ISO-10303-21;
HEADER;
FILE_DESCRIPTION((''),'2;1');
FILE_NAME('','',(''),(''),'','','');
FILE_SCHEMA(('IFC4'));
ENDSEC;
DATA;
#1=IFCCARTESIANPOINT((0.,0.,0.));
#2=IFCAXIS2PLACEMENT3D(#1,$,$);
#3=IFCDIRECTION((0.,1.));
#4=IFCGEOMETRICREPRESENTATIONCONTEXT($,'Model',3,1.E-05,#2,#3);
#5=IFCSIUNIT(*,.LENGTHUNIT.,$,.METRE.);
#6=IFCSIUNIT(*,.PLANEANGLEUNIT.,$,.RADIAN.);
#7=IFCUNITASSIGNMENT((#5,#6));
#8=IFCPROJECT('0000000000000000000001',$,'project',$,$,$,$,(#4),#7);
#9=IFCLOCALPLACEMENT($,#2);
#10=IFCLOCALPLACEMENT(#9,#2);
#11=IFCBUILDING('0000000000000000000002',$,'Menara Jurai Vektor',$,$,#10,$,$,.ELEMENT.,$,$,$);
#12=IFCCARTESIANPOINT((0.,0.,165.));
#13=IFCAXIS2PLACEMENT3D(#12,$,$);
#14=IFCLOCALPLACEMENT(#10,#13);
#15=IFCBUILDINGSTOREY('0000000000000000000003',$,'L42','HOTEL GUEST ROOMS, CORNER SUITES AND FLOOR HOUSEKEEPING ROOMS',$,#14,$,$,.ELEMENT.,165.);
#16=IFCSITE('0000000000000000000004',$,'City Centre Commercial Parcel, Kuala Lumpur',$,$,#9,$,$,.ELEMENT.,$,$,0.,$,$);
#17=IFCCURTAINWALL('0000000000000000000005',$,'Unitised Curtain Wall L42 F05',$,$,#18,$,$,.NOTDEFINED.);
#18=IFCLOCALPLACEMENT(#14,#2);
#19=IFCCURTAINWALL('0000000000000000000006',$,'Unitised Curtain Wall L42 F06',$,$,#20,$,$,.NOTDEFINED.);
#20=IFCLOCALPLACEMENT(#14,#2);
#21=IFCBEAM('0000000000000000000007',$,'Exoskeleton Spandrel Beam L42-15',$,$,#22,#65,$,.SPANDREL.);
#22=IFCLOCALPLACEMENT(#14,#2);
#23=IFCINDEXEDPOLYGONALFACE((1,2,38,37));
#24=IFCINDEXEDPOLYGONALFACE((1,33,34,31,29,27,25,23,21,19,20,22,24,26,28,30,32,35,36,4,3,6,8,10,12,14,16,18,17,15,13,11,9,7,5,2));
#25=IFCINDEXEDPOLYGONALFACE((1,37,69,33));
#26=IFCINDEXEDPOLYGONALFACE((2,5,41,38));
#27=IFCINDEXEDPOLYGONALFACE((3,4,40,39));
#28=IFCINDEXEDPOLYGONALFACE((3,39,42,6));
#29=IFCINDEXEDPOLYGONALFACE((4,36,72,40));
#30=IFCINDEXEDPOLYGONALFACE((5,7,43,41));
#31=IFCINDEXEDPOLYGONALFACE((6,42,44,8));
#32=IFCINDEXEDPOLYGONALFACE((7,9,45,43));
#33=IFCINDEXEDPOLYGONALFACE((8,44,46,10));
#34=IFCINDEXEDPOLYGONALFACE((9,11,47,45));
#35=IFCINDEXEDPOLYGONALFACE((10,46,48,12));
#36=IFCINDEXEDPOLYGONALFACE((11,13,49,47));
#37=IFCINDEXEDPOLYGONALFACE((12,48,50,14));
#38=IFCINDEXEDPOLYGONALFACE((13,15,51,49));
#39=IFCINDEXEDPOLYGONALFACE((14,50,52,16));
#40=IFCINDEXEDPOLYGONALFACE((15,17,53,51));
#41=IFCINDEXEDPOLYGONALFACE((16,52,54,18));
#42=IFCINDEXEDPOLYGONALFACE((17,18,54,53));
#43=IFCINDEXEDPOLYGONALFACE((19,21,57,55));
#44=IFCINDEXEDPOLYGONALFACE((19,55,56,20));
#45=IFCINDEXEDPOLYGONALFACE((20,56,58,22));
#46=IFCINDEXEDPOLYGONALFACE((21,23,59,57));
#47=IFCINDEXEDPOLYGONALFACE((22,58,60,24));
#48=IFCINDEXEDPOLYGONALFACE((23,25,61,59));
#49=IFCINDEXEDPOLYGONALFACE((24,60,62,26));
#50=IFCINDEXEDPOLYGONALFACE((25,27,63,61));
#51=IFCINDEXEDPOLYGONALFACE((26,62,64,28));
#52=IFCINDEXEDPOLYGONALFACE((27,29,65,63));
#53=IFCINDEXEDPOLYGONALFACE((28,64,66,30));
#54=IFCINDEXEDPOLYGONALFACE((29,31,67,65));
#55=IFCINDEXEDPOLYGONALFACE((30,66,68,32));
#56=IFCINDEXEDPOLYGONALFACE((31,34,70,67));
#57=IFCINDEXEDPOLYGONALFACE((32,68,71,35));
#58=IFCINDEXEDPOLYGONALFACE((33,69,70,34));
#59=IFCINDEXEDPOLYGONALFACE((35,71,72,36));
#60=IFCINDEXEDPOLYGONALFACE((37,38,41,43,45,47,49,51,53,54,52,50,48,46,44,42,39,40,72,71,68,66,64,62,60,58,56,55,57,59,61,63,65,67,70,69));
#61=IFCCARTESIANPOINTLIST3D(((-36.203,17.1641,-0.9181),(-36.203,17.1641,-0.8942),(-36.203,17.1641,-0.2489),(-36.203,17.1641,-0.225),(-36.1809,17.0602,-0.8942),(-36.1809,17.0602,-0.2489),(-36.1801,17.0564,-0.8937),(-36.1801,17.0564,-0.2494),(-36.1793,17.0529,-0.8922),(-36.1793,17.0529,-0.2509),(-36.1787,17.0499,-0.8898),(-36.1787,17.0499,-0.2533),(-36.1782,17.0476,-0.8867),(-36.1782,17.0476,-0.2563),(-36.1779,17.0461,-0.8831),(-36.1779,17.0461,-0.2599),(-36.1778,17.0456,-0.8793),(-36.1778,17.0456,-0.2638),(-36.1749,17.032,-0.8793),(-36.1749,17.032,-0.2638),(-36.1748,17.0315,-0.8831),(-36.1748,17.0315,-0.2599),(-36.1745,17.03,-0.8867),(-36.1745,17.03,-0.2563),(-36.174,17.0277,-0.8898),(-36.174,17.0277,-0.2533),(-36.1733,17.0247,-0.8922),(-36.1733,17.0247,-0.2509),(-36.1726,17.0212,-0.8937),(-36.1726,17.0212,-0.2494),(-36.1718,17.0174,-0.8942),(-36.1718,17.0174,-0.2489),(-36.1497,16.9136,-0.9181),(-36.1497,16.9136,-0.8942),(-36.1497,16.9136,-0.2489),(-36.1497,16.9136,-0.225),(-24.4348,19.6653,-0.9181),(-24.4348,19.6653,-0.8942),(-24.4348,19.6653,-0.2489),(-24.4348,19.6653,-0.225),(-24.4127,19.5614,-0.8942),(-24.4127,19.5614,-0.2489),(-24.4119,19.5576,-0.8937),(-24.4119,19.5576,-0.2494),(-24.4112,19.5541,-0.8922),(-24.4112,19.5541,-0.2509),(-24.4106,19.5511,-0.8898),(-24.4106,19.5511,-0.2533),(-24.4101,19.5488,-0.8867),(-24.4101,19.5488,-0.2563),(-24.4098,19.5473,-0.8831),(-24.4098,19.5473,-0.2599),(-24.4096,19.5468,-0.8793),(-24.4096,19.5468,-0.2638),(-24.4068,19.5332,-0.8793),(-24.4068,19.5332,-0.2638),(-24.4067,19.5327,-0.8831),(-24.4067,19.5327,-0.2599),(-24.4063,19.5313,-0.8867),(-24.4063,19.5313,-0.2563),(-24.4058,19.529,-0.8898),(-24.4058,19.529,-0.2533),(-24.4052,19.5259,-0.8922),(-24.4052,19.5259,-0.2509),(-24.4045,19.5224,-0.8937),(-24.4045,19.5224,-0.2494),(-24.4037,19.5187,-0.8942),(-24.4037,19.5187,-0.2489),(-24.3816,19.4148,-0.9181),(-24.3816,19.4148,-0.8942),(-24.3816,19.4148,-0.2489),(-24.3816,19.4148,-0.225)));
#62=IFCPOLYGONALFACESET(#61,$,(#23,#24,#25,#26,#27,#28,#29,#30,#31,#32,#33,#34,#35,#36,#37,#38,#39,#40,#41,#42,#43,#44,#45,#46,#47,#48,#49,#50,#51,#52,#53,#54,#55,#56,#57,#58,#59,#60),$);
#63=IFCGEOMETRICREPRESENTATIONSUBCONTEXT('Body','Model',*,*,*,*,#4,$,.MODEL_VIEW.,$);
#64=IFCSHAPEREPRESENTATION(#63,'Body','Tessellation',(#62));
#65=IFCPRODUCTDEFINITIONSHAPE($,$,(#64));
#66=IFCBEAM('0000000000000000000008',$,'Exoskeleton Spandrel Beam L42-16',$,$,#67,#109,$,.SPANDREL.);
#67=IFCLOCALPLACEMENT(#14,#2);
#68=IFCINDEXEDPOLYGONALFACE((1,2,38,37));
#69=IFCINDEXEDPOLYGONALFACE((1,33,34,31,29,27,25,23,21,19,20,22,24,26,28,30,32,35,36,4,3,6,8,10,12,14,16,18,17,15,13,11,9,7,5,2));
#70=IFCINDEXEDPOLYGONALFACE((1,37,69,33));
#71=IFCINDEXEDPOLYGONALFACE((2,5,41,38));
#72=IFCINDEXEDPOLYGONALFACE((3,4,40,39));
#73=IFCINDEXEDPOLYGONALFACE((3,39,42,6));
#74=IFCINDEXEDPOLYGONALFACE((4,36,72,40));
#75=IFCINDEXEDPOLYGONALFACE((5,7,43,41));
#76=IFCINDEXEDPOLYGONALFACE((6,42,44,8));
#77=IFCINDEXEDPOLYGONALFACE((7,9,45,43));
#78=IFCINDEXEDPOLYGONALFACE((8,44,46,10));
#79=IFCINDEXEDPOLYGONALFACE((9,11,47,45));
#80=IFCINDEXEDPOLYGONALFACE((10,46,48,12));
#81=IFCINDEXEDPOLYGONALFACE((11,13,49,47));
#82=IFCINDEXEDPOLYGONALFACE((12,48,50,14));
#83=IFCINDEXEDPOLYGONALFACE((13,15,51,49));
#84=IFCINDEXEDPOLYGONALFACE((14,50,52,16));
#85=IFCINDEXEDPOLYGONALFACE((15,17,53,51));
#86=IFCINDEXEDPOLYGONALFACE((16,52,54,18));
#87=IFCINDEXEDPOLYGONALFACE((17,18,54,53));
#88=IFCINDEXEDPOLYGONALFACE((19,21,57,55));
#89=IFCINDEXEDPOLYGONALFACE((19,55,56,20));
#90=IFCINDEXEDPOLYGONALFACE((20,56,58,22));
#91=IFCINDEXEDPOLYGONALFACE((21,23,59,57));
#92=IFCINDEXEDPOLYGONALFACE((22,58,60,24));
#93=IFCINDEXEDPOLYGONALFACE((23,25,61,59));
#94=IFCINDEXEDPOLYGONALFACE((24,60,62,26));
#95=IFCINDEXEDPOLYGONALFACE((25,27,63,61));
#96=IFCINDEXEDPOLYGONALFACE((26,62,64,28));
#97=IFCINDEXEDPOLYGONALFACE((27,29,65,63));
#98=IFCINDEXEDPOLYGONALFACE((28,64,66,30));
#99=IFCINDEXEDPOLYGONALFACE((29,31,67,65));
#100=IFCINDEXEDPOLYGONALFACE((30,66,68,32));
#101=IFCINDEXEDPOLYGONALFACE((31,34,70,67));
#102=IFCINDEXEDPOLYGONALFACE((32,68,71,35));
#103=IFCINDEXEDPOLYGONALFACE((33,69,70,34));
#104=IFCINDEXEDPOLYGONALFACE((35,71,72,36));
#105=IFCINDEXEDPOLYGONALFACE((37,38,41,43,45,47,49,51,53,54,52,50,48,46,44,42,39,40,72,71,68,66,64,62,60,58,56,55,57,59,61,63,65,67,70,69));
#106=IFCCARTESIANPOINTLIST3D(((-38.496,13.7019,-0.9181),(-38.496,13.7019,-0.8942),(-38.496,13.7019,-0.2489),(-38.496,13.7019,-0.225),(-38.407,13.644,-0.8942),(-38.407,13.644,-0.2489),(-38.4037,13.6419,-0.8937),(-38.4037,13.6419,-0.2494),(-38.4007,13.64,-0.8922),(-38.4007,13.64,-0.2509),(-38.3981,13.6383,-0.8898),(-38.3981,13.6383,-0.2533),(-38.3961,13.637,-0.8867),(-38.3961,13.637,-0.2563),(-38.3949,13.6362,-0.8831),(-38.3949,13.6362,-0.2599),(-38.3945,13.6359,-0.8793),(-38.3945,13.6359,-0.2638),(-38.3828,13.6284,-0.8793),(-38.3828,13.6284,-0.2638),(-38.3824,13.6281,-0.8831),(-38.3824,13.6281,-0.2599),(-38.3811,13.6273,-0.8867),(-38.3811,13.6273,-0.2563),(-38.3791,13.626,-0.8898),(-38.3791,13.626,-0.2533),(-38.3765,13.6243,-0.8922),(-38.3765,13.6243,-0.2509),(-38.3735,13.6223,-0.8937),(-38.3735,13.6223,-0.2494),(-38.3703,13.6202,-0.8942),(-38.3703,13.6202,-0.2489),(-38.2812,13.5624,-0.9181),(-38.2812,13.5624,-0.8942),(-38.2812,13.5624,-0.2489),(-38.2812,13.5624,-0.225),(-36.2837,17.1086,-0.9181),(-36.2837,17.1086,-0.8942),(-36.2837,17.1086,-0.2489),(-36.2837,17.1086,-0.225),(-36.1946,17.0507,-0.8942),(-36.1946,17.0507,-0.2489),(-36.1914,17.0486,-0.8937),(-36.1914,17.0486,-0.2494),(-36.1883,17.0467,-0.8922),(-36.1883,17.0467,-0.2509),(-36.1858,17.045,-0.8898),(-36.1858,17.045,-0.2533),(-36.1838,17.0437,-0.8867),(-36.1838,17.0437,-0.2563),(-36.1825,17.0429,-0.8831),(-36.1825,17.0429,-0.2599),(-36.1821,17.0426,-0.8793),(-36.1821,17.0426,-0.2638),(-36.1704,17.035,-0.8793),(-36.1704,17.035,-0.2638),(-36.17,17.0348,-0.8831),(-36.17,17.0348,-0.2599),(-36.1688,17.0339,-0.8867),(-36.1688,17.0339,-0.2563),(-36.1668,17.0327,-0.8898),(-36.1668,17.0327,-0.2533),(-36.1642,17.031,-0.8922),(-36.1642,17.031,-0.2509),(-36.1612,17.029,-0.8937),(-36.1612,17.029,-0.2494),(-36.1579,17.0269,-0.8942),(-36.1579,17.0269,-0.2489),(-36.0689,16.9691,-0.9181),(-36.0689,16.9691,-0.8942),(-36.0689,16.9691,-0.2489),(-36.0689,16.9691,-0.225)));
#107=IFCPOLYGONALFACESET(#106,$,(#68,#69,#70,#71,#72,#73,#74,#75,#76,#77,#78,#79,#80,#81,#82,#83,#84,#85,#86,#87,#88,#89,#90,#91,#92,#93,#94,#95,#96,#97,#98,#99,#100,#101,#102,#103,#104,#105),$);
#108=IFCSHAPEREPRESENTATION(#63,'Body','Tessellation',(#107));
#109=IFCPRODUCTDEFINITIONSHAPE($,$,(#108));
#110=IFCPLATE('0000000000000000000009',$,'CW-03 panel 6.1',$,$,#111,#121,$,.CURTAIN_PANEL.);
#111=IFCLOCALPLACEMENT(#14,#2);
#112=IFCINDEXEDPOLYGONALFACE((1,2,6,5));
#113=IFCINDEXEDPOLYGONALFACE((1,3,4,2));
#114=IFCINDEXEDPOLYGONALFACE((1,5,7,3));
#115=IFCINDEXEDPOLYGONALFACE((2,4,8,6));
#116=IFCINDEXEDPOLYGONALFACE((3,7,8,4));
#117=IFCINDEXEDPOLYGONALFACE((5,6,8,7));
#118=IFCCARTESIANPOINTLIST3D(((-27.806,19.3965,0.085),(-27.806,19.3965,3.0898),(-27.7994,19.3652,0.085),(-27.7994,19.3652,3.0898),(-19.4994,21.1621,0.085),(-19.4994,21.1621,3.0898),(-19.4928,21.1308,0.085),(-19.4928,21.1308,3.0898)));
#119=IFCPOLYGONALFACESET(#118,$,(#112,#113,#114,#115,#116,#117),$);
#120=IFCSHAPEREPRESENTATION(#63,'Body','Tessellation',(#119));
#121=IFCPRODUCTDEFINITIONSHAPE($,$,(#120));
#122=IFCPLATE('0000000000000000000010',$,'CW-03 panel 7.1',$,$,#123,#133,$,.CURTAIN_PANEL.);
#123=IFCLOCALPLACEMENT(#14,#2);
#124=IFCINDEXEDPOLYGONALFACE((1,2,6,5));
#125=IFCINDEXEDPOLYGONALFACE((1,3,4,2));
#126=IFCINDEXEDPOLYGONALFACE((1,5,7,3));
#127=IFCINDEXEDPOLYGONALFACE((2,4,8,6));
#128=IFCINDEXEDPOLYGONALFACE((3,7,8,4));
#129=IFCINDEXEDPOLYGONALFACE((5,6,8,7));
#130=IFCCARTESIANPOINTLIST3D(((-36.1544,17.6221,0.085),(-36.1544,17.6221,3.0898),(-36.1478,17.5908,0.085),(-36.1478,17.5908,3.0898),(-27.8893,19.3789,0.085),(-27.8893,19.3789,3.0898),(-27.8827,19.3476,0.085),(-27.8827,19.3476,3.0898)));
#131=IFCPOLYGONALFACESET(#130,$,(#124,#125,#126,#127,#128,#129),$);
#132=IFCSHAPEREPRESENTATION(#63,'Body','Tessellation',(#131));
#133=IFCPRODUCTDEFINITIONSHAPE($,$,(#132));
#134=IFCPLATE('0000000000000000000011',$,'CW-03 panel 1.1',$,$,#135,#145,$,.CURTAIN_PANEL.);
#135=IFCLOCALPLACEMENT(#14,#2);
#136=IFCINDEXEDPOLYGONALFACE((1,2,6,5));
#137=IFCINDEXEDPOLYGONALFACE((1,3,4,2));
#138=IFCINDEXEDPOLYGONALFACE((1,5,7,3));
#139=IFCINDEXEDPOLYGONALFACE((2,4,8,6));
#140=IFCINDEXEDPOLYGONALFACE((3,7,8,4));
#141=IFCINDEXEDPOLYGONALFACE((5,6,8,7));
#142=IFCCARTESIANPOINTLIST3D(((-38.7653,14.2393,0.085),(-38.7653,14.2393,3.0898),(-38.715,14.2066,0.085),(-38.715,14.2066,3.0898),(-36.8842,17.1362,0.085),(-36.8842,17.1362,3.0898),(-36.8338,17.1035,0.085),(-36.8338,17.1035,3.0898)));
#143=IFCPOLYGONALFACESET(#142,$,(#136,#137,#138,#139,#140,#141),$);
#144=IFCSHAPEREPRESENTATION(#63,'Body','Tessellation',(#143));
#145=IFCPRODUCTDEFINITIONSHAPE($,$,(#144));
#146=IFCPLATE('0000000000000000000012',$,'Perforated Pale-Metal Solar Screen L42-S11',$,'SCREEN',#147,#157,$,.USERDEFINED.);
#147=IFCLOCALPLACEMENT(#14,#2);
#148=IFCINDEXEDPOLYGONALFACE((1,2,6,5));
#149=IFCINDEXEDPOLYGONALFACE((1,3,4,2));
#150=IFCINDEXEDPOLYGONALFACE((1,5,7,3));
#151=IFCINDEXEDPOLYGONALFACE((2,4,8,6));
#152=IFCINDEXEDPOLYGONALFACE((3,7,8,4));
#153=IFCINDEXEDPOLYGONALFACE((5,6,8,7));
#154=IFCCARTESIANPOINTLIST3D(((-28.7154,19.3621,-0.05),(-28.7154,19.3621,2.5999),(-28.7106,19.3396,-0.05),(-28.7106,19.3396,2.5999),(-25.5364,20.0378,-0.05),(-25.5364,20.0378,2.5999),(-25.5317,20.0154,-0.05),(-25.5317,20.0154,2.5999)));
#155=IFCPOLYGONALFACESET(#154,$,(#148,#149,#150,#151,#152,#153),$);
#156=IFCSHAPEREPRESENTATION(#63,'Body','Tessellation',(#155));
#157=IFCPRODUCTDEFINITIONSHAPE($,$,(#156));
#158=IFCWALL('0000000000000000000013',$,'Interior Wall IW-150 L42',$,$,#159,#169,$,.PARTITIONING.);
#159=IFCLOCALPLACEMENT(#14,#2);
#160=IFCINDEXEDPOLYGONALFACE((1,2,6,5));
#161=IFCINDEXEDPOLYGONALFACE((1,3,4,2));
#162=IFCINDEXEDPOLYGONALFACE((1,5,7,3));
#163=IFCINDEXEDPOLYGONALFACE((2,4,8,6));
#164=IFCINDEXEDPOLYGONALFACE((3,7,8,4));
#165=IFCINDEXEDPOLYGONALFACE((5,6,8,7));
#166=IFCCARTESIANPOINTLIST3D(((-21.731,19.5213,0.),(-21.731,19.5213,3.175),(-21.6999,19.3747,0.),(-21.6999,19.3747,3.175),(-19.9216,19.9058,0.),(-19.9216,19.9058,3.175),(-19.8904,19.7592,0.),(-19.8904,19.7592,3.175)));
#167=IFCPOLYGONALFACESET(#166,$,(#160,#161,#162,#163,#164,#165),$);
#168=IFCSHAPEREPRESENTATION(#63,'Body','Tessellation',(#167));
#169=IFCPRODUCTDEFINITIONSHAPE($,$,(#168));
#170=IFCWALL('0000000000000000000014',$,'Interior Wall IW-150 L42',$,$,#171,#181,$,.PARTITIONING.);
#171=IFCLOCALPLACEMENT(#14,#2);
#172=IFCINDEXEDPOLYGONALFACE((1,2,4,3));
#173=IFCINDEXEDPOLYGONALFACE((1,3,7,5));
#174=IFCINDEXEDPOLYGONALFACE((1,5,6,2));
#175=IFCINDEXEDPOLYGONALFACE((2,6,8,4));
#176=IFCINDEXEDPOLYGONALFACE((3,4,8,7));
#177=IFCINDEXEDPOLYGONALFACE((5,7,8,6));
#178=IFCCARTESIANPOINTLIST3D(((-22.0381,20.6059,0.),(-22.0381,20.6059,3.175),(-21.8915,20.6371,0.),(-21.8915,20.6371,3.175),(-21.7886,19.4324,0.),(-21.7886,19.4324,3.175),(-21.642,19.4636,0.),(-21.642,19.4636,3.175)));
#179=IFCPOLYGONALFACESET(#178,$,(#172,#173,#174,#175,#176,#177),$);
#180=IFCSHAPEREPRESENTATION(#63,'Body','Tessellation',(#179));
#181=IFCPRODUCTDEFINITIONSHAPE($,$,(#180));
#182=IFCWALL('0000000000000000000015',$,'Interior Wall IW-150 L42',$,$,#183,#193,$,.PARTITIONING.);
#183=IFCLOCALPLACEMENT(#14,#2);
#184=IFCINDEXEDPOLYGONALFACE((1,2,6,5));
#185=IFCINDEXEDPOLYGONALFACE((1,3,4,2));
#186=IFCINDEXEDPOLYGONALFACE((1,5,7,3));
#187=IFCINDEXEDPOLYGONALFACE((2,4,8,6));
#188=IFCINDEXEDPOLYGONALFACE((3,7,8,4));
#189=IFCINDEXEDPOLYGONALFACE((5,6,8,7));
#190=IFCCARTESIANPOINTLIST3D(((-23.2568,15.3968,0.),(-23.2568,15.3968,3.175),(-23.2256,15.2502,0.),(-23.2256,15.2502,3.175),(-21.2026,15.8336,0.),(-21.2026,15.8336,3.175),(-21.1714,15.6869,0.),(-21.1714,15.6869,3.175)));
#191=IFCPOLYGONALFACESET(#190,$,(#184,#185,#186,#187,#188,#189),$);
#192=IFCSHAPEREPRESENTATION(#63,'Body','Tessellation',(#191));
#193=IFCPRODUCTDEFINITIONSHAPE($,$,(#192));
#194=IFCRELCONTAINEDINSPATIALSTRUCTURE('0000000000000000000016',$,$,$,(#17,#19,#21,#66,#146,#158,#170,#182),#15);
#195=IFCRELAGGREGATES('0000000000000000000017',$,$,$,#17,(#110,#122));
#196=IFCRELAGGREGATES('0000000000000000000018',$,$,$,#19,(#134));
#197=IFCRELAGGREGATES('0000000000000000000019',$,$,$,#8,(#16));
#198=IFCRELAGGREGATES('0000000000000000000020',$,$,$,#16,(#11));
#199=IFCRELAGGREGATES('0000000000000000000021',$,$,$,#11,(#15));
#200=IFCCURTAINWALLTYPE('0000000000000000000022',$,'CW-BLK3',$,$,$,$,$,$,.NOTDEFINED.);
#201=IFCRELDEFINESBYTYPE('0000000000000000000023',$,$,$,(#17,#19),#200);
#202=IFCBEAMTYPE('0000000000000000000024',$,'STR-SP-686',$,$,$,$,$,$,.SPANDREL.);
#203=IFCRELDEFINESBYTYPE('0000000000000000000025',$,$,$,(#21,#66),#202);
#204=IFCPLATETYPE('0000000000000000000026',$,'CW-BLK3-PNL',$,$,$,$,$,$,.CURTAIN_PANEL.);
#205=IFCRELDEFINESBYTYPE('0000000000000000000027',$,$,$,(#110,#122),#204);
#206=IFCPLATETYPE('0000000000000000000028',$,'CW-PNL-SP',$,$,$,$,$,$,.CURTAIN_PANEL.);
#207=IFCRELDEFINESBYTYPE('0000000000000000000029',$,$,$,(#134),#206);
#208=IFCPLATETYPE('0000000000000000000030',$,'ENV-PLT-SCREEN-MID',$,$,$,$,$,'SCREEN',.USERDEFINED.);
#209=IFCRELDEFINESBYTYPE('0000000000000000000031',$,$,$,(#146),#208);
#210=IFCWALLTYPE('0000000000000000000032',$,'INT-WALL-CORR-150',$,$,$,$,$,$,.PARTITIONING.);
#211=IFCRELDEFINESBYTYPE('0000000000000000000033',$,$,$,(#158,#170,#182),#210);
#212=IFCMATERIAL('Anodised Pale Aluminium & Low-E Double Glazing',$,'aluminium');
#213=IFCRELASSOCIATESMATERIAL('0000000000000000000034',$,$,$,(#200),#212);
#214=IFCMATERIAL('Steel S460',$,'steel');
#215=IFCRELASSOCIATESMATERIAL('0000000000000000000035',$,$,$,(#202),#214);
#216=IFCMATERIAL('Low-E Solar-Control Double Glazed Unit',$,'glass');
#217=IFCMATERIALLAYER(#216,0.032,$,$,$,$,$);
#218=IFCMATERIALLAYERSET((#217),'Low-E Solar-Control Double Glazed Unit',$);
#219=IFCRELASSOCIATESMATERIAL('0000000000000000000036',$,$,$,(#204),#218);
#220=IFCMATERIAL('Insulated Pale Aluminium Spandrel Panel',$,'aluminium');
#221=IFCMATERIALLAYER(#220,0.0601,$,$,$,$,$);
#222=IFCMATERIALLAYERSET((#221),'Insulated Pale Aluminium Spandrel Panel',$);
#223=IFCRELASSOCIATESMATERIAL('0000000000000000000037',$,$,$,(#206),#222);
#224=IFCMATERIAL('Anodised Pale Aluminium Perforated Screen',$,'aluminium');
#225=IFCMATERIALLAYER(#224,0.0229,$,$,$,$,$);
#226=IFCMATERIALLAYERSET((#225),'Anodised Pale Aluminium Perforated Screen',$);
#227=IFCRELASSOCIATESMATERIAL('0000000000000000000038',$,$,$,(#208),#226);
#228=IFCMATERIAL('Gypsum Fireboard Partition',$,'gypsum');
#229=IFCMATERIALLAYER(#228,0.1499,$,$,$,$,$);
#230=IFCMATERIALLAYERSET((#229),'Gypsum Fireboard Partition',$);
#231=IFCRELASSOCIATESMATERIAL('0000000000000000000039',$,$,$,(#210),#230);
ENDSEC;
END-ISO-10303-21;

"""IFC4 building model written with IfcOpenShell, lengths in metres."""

from ifc_helpers import new_model, si_unit, direction, frame, frame_2d, origin, origin_2d, place, context, subcontext, project, spatial, rectangle, i_section, extrude, material, layer, layer_set, material_profile, profile_set, type_object, element, aggregate, save


model = new_model("IFC4")

# Units and contexts
model_context = context("Model", 3, precision=1e-05, world=origin(), true_north=direction((0.0, 1.0)))
body_context = subcontext(model_context, "Body", "Model", "MODEL_VIEW")
ifc_project = project(units=[si_unit("LENGTHUNIT", "METRE"), si_unit("PLANEANGLEUNIT", "RADIAN")], contexts=[model_context])

# Site, building, storey
site_placement = place(None, origin())
site = spatial("IfcSite", under=ifc_project, at=site_placement, Name="City Centre Commercial Parcel, Kuala Lumpur", CompositionType="ELEMENT", RefElevation=0.0)
building_placement = place(site_placement, origin())
building = spatial("IfcBuilding", under=site, at=building_placement, Name="Menara Jurai Vektor", CompositionType="ELEMENT")
storey_placement = place(building_placement, frame((0.0, 0.0, 165.0)))
storey = spatial("IfcBuildingStorey", under=building, at=storey_placement, Name="L42", Description="HOTEL GUEST ROOMS, CORNER SUITES AND FLOOR HOUSEKEEPING ROOMS", CompositionType="ELEMENT", Elevation=165.0)

# Shared definitions
ifc_material_1 = material(Name="Steel S460", Category="steel")

# Curtain walls
ifc_material_2 = material(Name="Anodised Pale Aluminium & Low-E Double Glazing", Category="aluminium")
curtain_wall_type = type_object("IfcCurtainWallType", Name="CW-BLK3", PredefinedType="NOTDEFINED", material=ifc_material_2)
curtain_wall_1_placement = place(storey_placement, origin())
curtain_wall_1 = element("IfcCurtainWall", 1, at=curtain_wall_1_placement, inside=storey, type_object=curtain_wall_type, Name="Unitised Curtain Wall L42 F05", PredefinedType="NOTDEFINED")
curtain_wall_2_placement = place(storey_placement, origin())
curtain_wall_2 = element("IfcCurtainWall", 2, at=curtain_wall_2_placement, inside=storey, type_object=curtain_wall_type, Name="Unitised Curtain Wall L42 F06", PredefinedType="NOTDEFINED")

# Beams
ifc_material_profile_1 = material_profile(ifc_material_1, i_section(OverallWidth=0.2561, OverallDepth=0.6931, WebThickness=0.0139, FlangeThickness=0.0239, FilletRadius=0.0149, at=origin_2d()), Name="UKB 686x254x170")
ifc_profile_set_1 = profile_set([ifc_material_profile_1], Name="Steel S460")
beam_type_1 = type_object("IfcBeamType", Name="STR-SP-686", PredefinedType="SPANDREL", material=ifc_profile_set_1)
beam_1_placement = place(storey_placement, frame((-24.4082, 19.54, -0.5715), z_axis=(-0.97815, -0.207899, 0.0), x_axis=(0.207899, -0.97815, 0.0)))
element("IfcBeam", 3, at=beam_1_placement, inside=storey, type_object=beam_type_1, Name="Exoskeleton Spandrel Beam L42-15", PredefinedType="SPANDREL", context=body_context, shape_type="SweptSolid", body=[
    extrude(i_section(OverallWidth=0.2561, OverallDepth=0.6931, WebThickness=0.0139, FlangeThickness=0.0239, FilletRadius=0.0149, at=origin_2d()), origin(), (0.0, 0.0, 1.0), 12.031),
])
beam_2_placement = place(storey_placement, frame((-36.1763, 17.0388, -0.5715), z_axis=(-0.544646, -0.838666, 0.0), x_axis=(0.838666, -0.544646, 0.0)))
element("IfcBeam", 4, at=beam_2_placement, inside=storey, type_object=beam_type_1, Name="Exoskeleton Spandrel Beam L42-16", PredefinedType="SPANDREL", context=body_context, shape_type="SweptSolid", body=[
    extrude(i_section(OverallWidth=0.2561, OverallDepth=0.6931, WebThickness=0.0139, FlangeThickness=0.0239, FilletRadius=0.0149, at=origin_2d()), origin(), (0.0, 0.0, 1.0), 4.062),
])

# Plates
ifc_material_3 = material(Name="Low-E Solar-Control Double Glazed Unit", Category="glass")
ifc_layer_1 = layer(ifc_material_3, 0.032)
ifc_layer_set_1 = layer_set([ifc_layer_1], Name="Low-E Solar-Control Double Glazed Unit")
plate_type_1 = type_object("IfcPlateType", Name="CW-BLK3-PNL", PredefinedType="CURTAIN_PANEL", material=ifc_layer_set_1)
plate_1_placement = place(storey_placement, frame((-23.6494, 20.2637, 0.085), z_axis=(0.0, 0.0, 1.0), x_axis=(-0.978148, -0.207911, 0.0)))
plate_1 = element("IfcPlate", 5, at=plate_1_placement, type_object=plate_type_1, Name="CW-03 panel 6.1", PredefinedType="CURTAIN_PANEL", context=body_context, shape_type="SweptSolid", body=[
    extrude(rectangle(XDim=8.4922, YDim=0.032, at=origin_2d()), origin(), (0.0, 0.0, 1.0), 3.0049),
])
plate_2_placement = place(storey_placement, frame((-32.0186, 18.4849, 0.085), z_axis=(0.0, 0.0, 1.0), x_axis=(-0.978148, -0.207911, 0.0)))
plate_2 = element("IfcPlate", 6, at=plate_2_placement, type_object=plate_type_1, Name="CW-03 panel 7.1", PredefinedType="CURTAIN_PANEL", context=body_context, shape_type="SweptSolid", body=[
    extrude(rectangle(XDim=8.4497, YDim=0.032, at=origin_2d()), origin(), (0.0, 0.0, 1.0), 3.0049),
])
aggregate(curtain_wall_1, [plate_1, plate_2])
ifc_material_4 = material(Name="Insulated Pale Aluminium Spandrel Panel", Category="aluminium")
ifc_layer_2 = layer(ifc_material_4, 0.0601)
ifc_layer_set_2 = layer_set([ifc_layer_2], Name="Insulated Pale Aluminium Spandrel Panel")
plate_type_2 = type_object("IfcPlateType", Name="CW-PNL-SP", PredefinedType="CURTAIN_PANEL", material=ifc_layer_set_2)
plate_3_placement = place(storey_placement, frame((-37.7996, 15.6714, 0.085), z_axis=(0.0, 0.0, 1.0), x_axis=(-0.544618, -0.838684, 0.0)))
plate_3 = element("IfcPlate", 7, at=plate_3_placement, type_object=plate_type_2, Name="CW-03 panel 1.1", PredefinedType="CURTAIN_PANEL", context=body_context, shape_type="SweptSolid", body=[
    extrude(rectangle(XDim=3.4541, YDim=0.0601, at=origin_2d()), origin(), (0.0, 0.0, 1.0), 3.0049),
])
aggregate(curtain_wall_2, [plate_3])
ifc_material_5 = material(Name="Anodised Pale Aluminium Perforated Screen", Category="aluminium")
ifc_layer_3 = layer(ifc_material_5, 0.0229)
ifc_layer_set_3 = layer_set([ifc_layer_3], Name="Anodised Pale Aluminium Perforated Screen")
plate_type_3 = type_object("IfcPlateType", Name="ENV-PLT-SCREEN-MID", ElementType="SCREEN", PredefinedType="USERDEFINED", material=ifc_layer_set_3)
plate_4_placement = place(storey_placement, frame((-27.1235, 19.6887, -0.05), z_axis=(0.0, 0.0, 1.0), x_axis=(-0.978148, -0.207912, 0.0)))
element("IfcPlate", 8, at=plate_4_placement, inside=storey, type_object=plate_type_3, Name="Perforated Pale-Metal Solar Screen L42-S11", ObjectType="SCREEN", PredefinedType="USERDEFINED", context=body_context, shape_type="SweptSolid", body=[
    extrude(rectangle(XDim=3.25, YDim=0.0229, at=origin_2d()), origin(), (0.0, 0.0, 1.0), 2.6499),
])

# Wall
ifc_material_6 = material(Name="Gypsum Fireboard Partition", Category="gypsum")
ifc_layer_4 = layer(ifc_material_6, 0.1499)
ifc_layer_set_4 = layer_set([ifc_layer_4], Name="Gypsum Fireboard Partition")
wall_type = type_object("IfcWallType", Name="INT-WALL-CORR-150", PredefinedType="PARTITIONING", material=ifc_layer_set_4)
wall_1_placement = place(storey_placement, frame((-21.7153, 19.448, 0.0), z_axis=(0.0, 0.0, 1.0), x_axis=(0.97816, 0.207852, 0.0)))
element("IfcWall", 9, at=wall_1_placement, inside=storey, type_object=wall_type, Name="Interior Wall IW-150 L42", PredefinedType="PARTITIONING", context=body_context, shape_type="SweptSolid", body=[
    extrude(rectangle(XDim=1.8499, YDim=0.1499, at=frame_2d((0.9248, 0.0))), origin(), (0.0, 0.0, 1.0), 3.175),
])

# Walls
wall_2_placement = place(storey_placement, frame((-21.7153, 19.448, 0.0), z_axis=(0.0, 0.0, 1.0), x_axis=(-0.207959, 0.978138, 0.0)))
element("IfcWall", 10, at=wall_2_placement, inside=storey, type_object=wall_type, Name="Interior Wall IW-150 L42", PredefinedType="PARTITIONING", context=body_context, shape_type="SweptSolid", body=[
    extrude(rectangle(XDim=1.1997, YDim=0.1499, at=frame_2d((0.5999, 0.0))), origin(), (0.0, 0.0, 1.0), 3.175),
])
wall_3_placement = place(storey_placement, frame((-23.2412, 15.3235, 0.0), z_axis=(0.0, 0.0, 1.0), x_axis=(0.978135, 0.207973, 0.0)))
element("IfcWall", 11, at=wall_3_placement, inside=storey, type_object=wall_type, Name="Interior Wall IW-150 L42", PredefinedType="PARTITIONING", context=body_context, shape_type="SweptSolid", body=[
    extrude(rectangle(XDim=2.1001, YDim=0.1499, at=frame_2d((1.05, 0.0))), origin(), (0.0, 0.0, 1.0), 3.175),
])

save(model, "model.ifc")
